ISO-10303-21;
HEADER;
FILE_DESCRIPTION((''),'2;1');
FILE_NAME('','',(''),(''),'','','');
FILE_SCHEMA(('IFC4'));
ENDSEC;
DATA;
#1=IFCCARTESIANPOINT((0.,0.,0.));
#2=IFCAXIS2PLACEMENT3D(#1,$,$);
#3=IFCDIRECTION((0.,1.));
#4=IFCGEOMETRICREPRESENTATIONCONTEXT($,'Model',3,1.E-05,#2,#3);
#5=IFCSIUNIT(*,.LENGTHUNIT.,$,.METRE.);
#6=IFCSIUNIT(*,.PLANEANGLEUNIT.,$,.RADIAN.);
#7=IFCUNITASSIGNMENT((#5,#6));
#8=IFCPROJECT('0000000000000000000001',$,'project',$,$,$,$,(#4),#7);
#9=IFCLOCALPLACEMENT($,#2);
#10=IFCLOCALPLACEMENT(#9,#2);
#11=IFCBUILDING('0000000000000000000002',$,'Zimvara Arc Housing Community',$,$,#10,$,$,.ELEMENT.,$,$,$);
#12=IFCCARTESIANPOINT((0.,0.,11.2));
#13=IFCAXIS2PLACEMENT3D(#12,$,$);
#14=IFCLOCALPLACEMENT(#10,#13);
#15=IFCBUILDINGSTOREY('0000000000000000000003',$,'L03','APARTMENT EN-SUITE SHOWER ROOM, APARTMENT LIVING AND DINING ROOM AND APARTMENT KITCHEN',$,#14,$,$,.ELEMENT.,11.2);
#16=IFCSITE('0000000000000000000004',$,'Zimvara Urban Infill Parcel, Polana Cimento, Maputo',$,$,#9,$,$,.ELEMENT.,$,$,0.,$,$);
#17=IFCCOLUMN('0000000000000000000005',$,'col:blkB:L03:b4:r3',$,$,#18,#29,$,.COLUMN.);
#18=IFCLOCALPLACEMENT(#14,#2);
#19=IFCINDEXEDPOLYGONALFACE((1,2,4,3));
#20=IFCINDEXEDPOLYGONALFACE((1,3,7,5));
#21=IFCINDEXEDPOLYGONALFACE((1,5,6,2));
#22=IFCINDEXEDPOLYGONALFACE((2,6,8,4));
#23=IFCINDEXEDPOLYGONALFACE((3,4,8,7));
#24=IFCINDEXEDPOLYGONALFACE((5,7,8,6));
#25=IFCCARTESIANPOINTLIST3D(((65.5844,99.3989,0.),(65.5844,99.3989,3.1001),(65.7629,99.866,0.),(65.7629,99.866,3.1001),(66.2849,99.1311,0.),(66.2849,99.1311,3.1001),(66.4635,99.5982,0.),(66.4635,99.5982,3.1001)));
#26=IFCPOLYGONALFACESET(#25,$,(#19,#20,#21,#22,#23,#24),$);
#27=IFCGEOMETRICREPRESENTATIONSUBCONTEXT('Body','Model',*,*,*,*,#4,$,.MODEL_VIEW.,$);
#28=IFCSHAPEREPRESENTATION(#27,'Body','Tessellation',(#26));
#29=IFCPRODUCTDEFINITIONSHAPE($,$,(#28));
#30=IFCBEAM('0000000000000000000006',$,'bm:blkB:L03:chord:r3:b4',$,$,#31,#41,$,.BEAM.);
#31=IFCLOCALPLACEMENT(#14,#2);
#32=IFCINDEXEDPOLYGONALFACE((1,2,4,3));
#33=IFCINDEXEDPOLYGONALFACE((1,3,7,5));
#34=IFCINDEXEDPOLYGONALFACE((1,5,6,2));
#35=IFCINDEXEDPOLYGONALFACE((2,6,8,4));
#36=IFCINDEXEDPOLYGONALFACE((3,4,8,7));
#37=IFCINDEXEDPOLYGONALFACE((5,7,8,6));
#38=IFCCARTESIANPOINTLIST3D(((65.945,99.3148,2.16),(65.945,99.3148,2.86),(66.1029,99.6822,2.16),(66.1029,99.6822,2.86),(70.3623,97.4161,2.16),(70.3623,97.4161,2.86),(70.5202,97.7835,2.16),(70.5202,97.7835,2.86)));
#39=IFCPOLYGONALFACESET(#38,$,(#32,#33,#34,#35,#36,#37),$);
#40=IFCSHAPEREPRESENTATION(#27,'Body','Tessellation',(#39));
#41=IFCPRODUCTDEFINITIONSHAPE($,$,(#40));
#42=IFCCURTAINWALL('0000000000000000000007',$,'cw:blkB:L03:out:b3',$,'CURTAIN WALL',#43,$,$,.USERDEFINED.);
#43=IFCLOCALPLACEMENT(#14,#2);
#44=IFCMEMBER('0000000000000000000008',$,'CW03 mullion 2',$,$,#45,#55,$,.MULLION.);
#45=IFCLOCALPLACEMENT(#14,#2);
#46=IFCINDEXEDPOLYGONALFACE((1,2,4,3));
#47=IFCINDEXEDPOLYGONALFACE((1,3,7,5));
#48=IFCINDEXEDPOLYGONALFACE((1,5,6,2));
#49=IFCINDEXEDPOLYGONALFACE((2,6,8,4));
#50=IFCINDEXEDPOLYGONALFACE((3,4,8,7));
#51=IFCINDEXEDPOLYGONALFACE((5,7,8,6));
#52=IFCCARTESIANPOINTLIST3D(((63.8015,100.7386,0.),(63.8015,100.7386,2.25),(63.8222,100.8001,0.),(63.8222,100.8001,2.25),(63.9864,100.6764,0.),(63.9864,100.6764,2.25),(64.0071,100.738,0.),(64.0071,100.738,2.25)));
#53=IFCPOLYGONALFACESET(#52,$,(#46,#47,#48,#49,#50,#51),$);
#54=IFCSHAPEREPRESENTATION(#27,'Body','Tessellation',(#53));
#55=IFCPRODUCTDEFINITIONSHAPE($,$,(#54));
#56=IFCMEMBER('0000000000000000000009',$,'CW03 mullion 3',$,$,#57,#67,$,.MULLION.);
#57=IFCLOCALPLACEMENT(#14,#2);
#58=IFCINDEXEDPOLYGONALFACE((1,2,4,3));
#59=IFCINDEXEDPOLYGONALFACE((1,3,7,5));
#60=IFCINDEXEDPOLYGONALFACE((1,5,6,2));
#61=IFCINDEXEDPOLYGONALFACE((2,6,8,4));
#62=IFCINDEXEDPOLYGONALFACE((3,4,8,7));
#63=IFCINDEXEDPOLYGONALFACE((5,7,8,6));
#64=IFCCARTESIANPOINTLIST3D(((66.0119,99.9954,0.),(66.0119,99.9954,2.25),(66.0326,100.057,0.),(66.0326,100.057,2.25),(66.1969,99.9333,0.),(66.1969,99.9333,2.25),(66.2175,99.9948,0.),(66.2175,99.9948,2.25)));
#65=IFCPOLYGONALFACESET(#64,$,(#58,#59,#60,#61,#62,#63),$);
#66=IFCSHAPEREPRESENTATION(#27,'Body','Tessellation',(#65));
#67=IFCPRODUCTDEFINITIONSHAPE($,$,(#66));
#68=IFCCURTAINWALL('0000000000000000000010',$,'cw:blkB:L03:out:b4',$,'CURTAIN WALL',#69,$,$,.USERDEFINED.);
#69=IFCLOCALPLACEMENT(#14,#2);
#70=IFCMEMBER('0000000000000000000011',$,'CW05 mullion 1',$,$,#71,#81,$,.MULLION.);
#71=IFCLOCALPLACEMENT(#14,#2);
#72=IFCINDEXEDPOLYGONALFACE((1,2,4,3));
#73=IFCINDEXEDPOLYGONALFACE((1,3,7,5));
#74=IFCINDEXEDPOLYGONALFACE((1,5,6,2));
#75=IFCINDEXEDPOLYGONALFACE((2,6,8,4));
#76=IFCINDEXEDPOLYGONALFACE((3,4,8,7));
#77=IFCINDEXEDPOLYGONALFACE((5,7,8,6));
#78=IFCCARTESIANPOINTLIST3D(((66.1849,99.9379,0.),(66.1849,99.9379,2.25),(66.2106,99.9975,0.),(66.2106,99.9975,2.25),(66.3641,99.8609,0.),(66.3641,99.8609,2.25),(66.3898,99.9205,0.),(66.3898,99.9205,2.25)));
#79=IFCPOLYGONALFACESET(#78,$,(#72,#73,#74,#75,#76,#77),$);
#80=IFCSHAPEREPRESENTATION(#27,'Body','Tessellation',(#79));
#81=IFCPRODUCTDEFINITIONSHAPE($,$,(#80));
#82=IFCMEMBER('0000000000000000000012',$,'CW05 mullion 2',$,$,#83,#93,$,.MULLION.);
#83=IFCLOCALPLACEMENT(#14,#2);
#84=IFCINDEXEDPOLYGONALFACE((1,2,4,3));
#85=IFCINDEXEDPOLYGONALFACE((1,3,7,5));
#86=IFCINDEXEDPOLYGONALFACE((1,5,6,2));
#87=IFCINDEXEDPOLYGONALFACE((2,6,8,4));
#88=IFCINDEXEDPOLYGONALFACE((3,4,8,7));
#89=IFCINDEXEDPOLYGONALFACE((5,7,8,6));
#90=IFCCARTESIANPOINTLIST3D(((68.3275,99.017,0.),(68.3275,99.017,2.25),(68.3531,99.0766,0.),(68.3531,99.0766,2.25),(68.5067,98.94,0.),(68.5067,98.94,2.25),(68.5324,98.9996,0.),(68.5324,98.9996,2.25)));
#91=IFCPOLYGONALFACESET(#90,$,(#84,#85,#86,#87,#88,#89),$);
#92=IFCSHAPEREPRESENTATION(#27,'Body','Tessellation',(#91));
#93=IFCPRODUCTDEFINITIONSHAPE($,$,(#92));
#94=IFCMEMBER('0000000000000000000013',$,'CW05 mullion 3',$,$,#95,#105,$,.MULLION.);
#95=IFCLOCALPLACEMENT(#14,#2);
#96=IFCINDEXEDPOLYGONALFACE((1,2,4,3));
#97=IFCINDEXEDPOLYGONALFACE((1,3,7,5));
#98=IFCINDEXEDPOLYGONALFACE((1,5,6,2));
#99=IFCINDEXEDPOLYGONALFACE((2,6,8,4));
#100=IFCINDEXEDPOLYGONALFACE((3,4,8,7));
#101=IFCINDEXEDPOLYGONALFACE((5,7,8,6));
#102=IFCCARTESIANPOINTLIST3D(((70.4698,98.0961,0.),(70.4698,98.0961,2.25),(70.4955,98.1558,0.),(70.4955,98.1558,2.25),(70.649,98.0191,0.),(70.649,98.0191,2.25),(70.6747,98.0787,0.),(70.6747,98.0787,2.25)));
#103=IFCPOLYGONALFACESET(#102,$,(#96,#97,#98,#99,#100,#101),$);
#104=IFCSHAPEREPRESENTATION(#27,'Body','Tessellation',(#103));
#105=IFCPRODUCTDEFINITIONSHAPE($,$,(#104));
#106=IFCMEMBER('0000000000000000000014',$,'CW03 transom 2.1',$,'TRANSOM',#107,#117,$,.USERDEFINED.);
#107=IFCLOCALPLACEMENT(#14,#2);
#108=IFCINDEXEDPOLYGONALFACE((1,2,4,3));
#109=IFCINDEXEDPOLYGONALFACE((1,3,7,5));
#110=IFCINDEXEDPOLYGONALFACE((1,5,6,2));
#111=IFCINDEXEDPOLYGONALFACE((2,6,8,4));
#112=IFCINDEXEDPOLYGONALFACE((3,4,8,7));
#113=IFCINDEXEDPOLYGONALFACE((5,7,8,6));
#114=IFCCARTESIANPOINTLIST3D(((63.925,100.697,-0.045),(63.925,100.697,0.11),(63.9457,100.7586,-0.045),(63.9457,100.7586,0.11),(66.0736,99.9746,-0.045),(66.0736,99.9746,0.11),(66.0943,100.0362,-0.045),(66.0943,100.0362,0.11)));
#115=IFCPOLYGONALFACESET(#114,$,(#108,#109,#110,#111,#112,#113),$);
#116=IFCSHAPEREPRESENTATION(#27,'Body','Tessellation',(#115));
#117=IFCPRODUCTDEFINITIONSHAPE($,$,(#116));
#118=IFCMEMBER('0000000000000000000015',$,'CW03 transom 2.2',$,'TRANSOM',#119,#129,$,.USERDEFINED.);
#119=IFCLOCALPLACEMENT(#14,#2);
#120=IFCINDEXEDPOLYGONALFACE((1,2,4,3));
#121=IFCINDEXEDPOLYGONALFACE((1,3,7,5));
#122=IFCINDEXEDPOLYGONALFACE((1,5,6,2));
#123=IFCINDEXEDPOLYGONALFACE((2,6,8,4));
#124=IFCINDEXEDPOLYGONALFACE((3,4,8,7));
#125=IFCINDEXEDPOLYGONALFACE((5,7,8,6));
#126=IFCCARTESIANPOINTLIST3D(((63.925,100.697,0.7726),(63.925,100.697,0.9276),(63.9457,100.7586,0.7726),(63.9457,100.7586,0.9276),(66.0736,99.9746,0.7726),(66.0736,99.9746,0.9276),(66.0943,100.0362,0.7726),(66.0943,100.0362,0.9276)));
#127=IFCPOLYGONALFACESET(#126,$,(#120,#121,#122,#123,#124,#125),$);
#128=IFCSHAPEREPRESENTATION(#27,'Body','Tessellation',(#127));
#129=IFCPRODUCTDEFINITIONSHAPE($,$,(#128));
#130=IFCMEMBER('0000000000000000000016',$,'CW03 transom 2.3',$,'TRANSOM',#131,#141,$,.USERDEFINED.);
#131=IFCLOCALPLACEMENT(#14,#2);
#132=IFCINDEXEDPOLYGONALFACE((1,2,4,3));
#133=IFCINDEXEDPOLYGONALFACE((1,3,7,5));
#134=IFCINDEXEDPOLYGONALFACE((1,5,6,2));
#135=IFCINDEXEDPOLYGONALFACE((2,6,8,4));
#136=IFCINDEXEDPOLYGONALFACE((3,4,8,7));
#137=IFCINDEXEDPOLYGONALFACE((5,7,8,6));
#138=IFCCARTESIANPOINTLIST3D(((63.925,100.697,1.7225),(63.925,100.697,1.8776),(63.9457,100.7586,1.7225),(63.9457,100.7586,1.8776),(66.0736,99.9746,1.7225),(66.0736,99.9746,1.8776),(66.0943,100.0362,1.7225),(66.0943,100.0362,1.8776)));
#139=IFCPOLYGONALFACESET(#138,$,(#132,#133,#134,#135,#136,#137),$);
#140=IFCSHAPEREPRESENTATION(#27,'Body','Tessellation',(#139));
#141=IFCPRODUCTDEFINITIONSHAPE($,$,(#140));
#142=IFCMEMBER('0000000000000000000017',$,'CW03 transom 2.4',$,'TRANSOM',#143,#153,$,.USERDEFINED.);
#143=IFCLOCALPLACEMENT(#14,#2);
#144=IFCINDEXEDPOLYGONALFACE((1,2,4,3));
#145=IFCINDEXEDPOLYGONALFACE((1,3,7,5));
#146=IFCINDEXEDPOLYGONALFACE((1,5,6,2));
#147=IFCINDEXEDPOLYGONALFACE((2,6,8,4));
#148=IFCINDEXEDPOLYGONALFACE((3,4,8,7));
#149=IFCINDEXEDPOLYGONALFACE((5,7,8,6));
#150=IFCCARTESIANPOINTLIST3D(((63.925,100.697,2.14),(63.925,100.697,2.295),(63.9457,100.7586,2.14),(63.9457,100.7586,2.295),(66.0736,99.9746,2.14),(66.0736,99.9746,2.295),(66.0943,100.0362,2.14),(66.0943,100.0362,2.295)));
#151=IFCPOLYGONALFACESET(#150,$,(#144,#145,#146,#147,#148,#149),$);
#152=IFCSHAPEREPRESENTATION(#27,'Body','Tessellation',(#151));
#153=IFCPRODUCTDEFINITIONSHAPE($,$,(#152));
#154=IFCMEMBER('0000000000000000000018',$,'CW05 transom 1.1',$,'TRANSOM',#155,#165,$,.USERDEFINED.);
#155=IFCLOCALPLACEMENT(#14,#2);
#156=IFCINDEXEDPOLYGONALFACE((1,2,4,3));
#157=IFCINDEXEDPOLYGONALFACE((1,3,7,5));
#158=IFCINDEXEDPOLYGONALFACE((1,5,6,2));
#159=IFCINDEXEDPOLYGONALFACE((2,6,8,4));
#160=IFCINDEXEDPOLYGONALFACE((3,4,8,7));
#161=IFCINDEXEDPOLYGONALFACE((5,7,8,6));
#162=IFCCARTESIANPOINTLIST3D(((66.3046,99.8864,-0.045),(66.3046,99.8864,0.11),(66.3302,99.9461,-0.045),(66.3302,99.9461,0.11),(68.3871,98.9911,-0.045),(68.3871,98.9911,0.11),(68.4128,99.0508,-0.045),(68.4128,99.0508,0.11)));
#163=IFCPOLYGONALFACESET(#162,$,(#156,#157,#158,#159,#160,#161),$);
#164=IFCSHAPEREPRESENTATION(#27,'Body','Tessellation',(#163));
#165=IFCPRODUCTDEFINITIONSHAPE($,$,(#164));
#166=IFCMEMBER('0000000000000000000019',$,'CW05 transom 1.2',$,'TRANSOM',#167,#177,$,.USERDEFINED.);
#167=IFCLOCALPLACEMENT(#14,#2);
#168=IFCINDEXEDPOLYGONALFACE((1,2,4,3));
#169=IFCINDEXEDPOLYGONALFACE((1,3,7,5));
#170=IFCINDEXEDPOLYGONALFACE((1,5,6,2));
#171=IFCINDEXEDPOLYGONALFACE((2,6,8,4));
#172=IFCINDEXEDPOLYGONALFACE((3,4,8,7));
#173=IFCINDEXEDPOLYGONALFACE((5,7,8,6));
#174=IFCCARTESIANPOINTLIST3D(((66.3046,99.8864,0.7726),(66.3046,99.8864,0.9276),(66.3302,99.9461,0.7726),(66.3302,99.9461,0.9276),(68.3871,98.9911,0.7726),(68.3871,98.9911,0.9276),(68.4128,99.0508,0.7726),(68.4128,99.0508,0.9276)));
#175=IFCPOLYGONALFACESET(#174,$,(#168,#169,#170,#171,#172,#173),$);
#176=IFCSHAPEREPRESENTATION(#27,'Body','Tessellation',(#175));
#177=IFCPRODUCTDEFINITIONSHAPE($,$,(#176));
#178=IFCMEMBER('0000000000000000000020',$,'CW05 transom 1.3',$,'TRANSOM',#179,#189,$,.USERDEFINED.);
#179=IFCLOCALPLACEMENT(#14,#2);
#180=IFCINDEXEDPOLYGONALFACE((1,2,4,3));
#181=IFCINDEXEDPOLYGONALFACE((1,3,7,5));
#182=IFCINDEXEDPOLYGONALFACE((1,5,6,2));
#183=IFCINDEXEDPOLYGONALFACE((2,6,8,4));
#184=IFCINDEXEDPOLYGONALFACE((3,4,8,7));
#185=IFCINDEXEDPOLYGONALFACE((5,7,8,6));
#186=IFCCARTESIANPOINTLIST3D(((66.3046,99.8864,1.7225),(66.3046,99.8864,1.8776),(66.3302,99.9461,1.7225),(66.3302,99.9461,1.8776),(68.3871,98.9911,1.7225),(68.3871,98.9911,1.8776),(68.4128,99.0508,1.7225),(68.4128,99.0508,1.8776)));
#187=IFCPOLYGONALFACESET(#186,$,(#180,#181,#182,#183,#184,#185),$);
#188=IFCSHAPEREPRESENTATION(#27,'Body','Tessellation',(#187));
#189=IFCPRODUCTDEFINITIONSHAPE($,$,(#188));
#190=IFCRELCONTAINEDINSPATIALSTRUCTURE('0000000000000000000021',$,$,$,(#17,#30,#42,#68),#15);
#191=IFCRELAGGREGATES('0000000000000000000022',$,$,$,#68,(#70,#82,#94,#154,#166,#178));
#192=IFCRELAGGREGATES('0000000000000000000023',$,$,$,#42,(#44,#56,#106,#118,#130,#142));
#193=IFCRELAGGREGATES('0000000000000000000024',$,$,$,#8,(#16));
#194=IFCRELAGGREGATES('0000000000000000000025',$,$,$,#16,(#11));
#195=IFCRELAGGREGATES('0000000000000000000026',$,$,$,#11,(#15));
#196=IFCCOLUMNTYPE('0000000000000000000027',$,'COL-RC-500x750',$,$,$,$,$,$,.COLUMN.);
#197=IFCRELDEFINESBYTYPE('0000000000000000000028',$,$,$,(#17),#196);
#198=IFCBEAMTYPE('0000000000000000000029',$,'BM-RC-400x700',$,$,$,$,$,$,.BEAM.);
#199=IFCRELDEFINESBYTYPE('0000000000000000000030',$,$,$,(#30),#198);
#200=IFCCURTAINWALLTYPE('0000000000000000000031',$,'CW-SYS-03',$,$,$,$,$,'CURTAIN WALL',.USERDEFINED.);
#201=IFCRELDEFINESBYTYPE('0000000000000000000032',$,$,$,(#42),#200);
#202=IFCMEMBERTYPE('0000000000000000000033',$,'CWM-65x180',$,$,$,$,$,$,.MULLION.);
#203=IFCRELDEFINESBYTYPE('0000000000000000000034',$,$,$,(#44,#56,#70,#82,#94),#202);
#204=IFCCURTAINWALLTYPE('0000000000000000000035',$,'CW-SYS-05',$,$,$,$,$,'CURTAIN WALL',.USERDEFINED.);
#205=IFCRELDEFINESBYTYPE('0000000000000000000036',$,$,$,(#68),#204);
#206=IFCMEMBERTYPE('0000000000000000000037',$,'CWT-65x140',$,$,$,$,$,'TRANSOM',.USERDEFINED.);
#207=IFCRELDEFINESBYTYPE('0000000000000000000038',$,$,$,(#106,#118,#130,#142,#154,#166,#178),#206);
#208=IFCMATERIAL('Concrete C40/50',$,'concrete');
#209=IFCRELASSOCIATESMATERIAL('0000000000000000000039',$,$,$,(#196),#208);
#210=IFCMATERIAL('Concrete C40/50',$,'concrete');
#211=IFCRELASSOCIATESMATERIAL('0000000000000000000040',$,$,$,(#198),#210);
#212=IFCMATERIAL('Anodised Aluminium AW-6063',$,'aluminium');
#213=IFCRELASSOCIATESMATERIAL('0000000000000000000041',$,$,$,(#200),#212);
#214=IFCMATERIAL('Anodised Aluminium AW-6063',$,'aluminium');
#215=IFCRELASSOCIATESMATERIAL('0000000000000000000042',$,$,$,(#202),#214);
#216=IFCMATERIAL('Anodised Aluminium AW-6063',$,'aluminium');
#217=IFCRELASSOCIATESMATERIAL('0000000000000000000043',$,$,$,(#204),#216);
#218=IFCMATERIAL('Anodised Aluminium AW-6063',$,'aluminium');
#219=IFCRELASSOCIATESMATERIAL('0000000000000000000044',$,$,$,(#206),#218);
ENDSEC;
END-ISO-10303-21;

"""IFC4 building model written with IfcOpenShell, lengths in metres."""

from ifc_helpers import new_model, si_unit, direction, frame, origin, origin_2d, place, context, subcontext, project, spatial, rectangle, extrude, material, material_profile, profile_set, type_object, element, aggregate, save


model = new_model("IFC4")

# Units and contexts
model_context = context("Model", 3, precision=1e-05, world=origin(), true_north=direction((0.0, 1.0)))
body_context = subcontext(model_context, "Body", "Model", "MODEL_VIEW")
ifc_project = project(units=[si_unit("LENGTHUNIT", "METRE"), si_unit("PLANEANGLEUNIT", "RADIAN")], contexts=[model_context])

# Site, building, storey
site_placement = place(None, origin())
site = spatial("IfcSite", under=ifc_project, at=site_placement, Name="Zimvara Urban Infill Parcel, Polana Cimento, Maputo", CompositionType="ELEMENT", RefElevation=0.0)
building_placement = place(site_placement, origin())
building = spatial("IfcBuilding", under=site, at=building_placement, Name="Zimvara Arc Housing Community", CompositionType="ELEMENT")
storey_placement = place(building_placement, frame((0.0, 0.0, 11.2)))
storey = spatial("IfcBuildingStorey", under=building, at=storey_placement, Name="L03", Description="APARTMENT EN-SUITE SHOWER ROOM, APARTMENT LIVING AND DINING ROOM AND APARTMENT KITCHEN", CompositionType="ELEMENT", Elevation=11.2)

# Column
ifc_material_1 = material(Name="Concrete C40/50", Category="concrete")
ifc_material_profile_1 = material_profile(ifc_material_1, rectangle(XDim=0.5, YDim=0.75, at=origin_2d()), Name="RC 500x750")
ifc_profile_set_1 = profile_set([ifc_material_profile_1], Name="Concrete C40/50")
column_type = type_object("IfcColumnType", Name="COL-RC-500x750", PredefinedType="COLUMN", material=ifc_profile_set_1)
column_placement = place(storey_placement, frame((66.0239, 99.4985, 0.0), z_axis=(0.0, 0.0, 1.0), x_axis=(0.357064, 0.93408, 0.0)))
element("IfcColumn", 1, at=column_placement, inside=storey, type_object=column_type, Name="col:blkB:L03:b4:r3", PredefinedType="COLUMN", context=body_context, shape_type="SweptSolid", body=[
    extrude(rectangle(XDim=0.5, YDim=0.75, at=origin_2d()), origin(), (0.0, 0.0, 1.0), 3.1001),
])

# Beam
ifc_material_2 = material(Name="Concrete C40/50", Category="concrete")
ifc_material_profile_2 = material_profile(ifc_material_2, rectangle(XDim=0.3999, YDim=0.7, at=origin_2d()), Name="RC 400x700")
ifc_profile_set_2 = profile_set([ifc_material_profile_2], Name="Concrete C40/50")
beam_type = type_object("IfcBeamType", Name="BM-RC-400x700", PredefinedType="BEAM", material=ifc_profile_set_2)
beam_placement = place(storey_placement, frame((66.0239, 99.4985, 2.51), z_axis=(0.918724, -0.3949, 0.0), x_axis=(0.3949, 0.918724, 0.0)))
element("IfcBeam", 2, at=beam_placement, inside=storey, type_object=beam_type, Name="bm:blkB:L03:chord:r3:b4", PredefinedType="BEAM", context=body_context, shape_type="SweptSolid", body=[
    extrude(rectangle(XDim=0.3999, YDim=0.7, at=origin_2d()), origin(), (0.0, 0.0, 1.0), 4.8081),
])

# Curtain walls, members
ifc_material_3 = material(Name="Anodised Aluminium AW-6063", Category="aluminium")
curtain_wall_type_1 = type_object("IfcCurtainWallType", Name="CW-SYS-03", ElementType="CURTAIN WALL", PredefinedType="USERDEFINED", material=ifc_material_3)
curtain_wall_1_placement = place(storey_placement, origin())
curtain_wall_1 = element("IfcCurtainWall", 3, at=curtain_wall_1_placement, inside=storey, type_object=curtain_wall_type_1, Name="cw:blkB:L03:out:b3", ObjectType="CURTAIN WALL", PredefinedType="USERDEFINED")
ifc_material_4 = material(Name="Anodised Aluminium AW-6063", Category="aluminium")
ifc_material_profile_3 = material_profile(ifc_material_4, rectangle(XDim=0.0649, YDim=0.1951, at=origin_2d()), Name="ALU 65x195")
ifc_profile_set_3 = profile_set([ifc_material_profile_3], Name="Anodised Aluminium AW-6063")
member_type_1 = type_object("IfcMemberType", Name="CWM-65x180", PredefinedType="MULLION", material=ifc_profile_set_3)
member_1_placement = place(storey_placement, frame((63.9043, 100.7383, 0.0), z_axis=(0.0, 0.0, 1.0), x_axis=(0.318629, 0.94788, 0.0)))
member_1 = element("IfcMember", 4, at=member_1_placement, type_object=member_type_1, Name="CW03 mullion 2", PredefinedType="MULLION", context=body_context, shape_type="SweptSolid", body=[
    extrude(rectangle(XDim=0.0649, YDim=0.1951, at=origin_2d()), origin(), (0.0, 0.0, 1.0), 2.25),
])
member_2_placement = place(storey_placement, frame((66.1147, 99.9951, 0.0), z_axis=(0.0, 0.0, 1.0), x_axis=(0.318629, 0.94788, 0.0)))
member_2 = element("IfcMember", 5, at=member_2_placement, type_object=member_type_1, Name="CW03 mullion 3", PredefinedType="MULLION", context=body_context, shape_type="SweptSolid", body=[
    extrude(rectangle(XDim=0.0649, YDim=0.1951, at=origin_2d()), origin(), (0.0, 0.0, 1.0), 2.25),
])
ifc_material_5 = material(Name="Anodised Aluminium AW-6063", Category="aluminium")
curtain_wall_type_2 = type_object("IfcCurtainWallType", Name="CW-SYS-05", ElementType="CURTAIN WALL", PredefinedType="USERDEFINED", material=ifc_material_5)
curtain_wall_2_placement = place(storey_placement, origin())
curtain_wall_2 = element("IfcCurtainWall", 6, at=curtain_wall_2_placement, inside=storey, type_object=curtain_wall_type_2, Name="cw:blkB:L03:out:b4", ObjectType="CURTAIN WALL", PredefinedType="USERDEFINED")
member_3_placement = place(storey_placement, frame((66.2874, 99.9292, 0.0), z_axis=(0.0, 0.0, 1.0), x_axis=(0.394904, 0.918722, 0.0)))
member_3 = element("IfcMember", 7, at=member_3_placement, type_object=member_type_1, Name="CW05 mullion 1", PredefinedType="MULLION", context=body_context, shape_type="SweptSolid", body=[
    extrude(rectangle(XDim=0.0649, YDim=0.1951, at=origin_2d()), origin(), (0.0, 0.0, 1.0), 2.25),
])
member_4_placement = place(storey_placement, frame((68.4299, 99.0083, 0.0), z_axis=(0.0, 0.0, 1.0), x_axis=(0.394904, 0.918722, 0.0)))
member_4 = element("IfcMember", 8, at=member_4_placement, type_object=member_type_1, Name="CW05 mullion 2", PredefinedType="MULLION", context=body_context, shape_type="SweptSolid", body=[
    extrude(rectangle(XDim=0.0649, YDim=0.1951, at=origin_2d()), origin(), (0.0, 0.0, 1.0), 2.25),
])
member_5_placement = place(storey_placement, frame((70.5723, 98.0874, 0.0), z_axis=(0.0, 0.0, 1.0), x_axis=(0.394904, 0.918722, 0.0)))
member_5 = element("IfcMember", 9, at=member_5_placement, type_object=member_type_1, Name="CW05 mullion 3", PredefinedType="MULLION", context=body_context, shape_type="SweptSolid", body=[
    extrude(rectangle(XDim=0.0649, YDim=0.1951, at=origin_2d()), origin(), (0.0, 0.0, 1.0), 2.25),
])

# Members
ifc_material_6 = material(Name="Anodised Aluminium AW-6063", Category="aluminium")
ifc_material_profile_4 = material_profile(ifc_material_6, rectangle(XDim=0.0649, YDim=0.155, at=origin_2d()), Name="ALU 65x155")
ifc_profile_set_4 = profile_set([ifc_material_profile_4], Name="Anodised Aluminium AW-6063")
member_type_2 = type_object("IfcMemberType", Name="CWT-65x140", ElementType="TRANSOM", PredefinedType="USERDEFINED", material=ifc_profile_set_4)
member_6_placement = place(storey_placement, frame((63.9353, 100.7278, 0.0325), z_axis=(0.947862, -0.318682, 0.0), x_axis=(0.318682, 0.947862, 0.0)))
member_6 = element("IfcMember", 10, at=member_6_placement, type_object=member_type_2, Name="CW03 transom 2.1", ObjectType="TRANSOM", PredefinedType="USERDEFINED", context=body_context, shape_type="SweptSolid", body=[
    extrude(rectangle(XDim=0.0649, YDim=0.155, at=origin_2d()), origin(), (0.0, 0.0, 1.0), 2.2668),
])
member_7_placement = place(storey_placement, frame((63.9353, 100.7278, 0.8501), z_axis=(0.947862, -0.318682, 0.0), x_axis=(0.318682, 0.947862, 0.0)))
member_7 = element("IfcMember", 11, at=member_7_placement, type_object=member_type_2, Name="CW03 transom 2.2", ObjectType="TRANSOM", PredefinedType="USERDEFINED", context=body_context, shape_type="SweptSolid", body=[
    extrude(rectangle(XDim=0.0649, YDim=0.155, at=origin_2d()), origin(), (0.0, 0.0, 1.0), 2.2668),
])
member_8_placement = place(storey_placement, frame((63.9353, 100.7278, 1.8), z_axis=(0.947862, -0.318682, 0.0), x_axis=(0.318682, 0.947862, 0.0)))
member_8 = element("IfcMember", 12, at=member_8_placement, type_object=member_type_2, Name="CW03 transom 2.3", ObjectType="TRANSOM", PredefinedType="USERDEFINED", context=body_context, shape_type="SweptSolid", body=[
    extrude(rectangle(XDim=0.0649, YDim=0.155, at=origin_2d()), origin(), (0.0, 0.0, 1.0), 2.2668),
])
member_9_placement = place(storey_placement, frame((63.9353, 100.7278, 2.2175), z_axis=(0.947862, -0.318682, 0.0), x_axis=(0.318682, 0.947862, 0.0)))
member_9 = element("IfcMember", 13, at=member_9_placement, type_object=member_type_2, Name="CW03 transom 2.4", ObjectType="TRANSOM", PredefinedType="USERDEFINED", context=body_context, shape_type="SweptSolid", body=[
    extrude(rectangle(XDim=0.0649, YDim=0.155, at=origin_2d()), origin(), (0.0, 0.0, 1.0), 2.2668),
])
member_10_placement = place(storey_placement, frame((66.3174, 99.9163, 0.0325), z_axis=(0.918704, -0.394946, 0.0), x_axis=(0.394946, 0.918704, 0.0)))
member_10 = element("IfcMember", 14, at=member_10_placement, type_object=member_type_2, Name="CW05 transom 1.1", ObjectType="TRANSOM", PredefinedType="USERDEFINED", context=body_context, shape_type="SweptSolid", body=[
    extrude(rectangle(XDim=0.0649, YDim=0.155, at=origin_2d()), origin(), (0.0, 0.0, 1.0), 2.2668),
])
member_11_placement = place(storey_placement, frame((66.3174, 99.9163, 0.8501), z_axis=(0.918704, -0.394946, 0.0), x_axis=(0.394946, 0.918704, 0.0)))
member_11 = element("IfcMember", 15, at=member_11_placement, type_object=member_type_2, Name="CW05 transom 1.2", ObjectType="TRANSOM", PredefinedType="USERDEFINED", context=body_context, shape_type="SweptSolid", body=[
    extrude(rectangle(XDim=0.0649, YDim=0.155, at=origin_2d()), origin(), (0.0, 0.0, 1.0), 2.2668),
])
member_12_placement = place(storey_placement, frame((66.3174, 99.9163, 1.8), z_axis=(0.918704, -0.394946, 0.0), x_axis=(0.394946, 0.918704, 0.0)))
member_12 = element("IfcMember", 16, at=member_12_placement, type_object=member_type_2, Name="CW05 transom 1.3", ObjectType="TRANSOM", PredefinedType="USERDEFINED", context=body_context, shape_type="SweptSolid", body=[
    extrude(rectangle(XDim=0.0649, YDim=0.155, at=origin_2d()), origin(), (0.0, 0.0, 1.0), 2.2668),
])

aggregate(curtain_wall_2, [member_3, member_4, member_5, member_10, member_11, member_12])
aggregate(curtain_wall_1, [member_1, member_2, member_6, member_7, member_8, member_9])

save(model, "model.ifc")
